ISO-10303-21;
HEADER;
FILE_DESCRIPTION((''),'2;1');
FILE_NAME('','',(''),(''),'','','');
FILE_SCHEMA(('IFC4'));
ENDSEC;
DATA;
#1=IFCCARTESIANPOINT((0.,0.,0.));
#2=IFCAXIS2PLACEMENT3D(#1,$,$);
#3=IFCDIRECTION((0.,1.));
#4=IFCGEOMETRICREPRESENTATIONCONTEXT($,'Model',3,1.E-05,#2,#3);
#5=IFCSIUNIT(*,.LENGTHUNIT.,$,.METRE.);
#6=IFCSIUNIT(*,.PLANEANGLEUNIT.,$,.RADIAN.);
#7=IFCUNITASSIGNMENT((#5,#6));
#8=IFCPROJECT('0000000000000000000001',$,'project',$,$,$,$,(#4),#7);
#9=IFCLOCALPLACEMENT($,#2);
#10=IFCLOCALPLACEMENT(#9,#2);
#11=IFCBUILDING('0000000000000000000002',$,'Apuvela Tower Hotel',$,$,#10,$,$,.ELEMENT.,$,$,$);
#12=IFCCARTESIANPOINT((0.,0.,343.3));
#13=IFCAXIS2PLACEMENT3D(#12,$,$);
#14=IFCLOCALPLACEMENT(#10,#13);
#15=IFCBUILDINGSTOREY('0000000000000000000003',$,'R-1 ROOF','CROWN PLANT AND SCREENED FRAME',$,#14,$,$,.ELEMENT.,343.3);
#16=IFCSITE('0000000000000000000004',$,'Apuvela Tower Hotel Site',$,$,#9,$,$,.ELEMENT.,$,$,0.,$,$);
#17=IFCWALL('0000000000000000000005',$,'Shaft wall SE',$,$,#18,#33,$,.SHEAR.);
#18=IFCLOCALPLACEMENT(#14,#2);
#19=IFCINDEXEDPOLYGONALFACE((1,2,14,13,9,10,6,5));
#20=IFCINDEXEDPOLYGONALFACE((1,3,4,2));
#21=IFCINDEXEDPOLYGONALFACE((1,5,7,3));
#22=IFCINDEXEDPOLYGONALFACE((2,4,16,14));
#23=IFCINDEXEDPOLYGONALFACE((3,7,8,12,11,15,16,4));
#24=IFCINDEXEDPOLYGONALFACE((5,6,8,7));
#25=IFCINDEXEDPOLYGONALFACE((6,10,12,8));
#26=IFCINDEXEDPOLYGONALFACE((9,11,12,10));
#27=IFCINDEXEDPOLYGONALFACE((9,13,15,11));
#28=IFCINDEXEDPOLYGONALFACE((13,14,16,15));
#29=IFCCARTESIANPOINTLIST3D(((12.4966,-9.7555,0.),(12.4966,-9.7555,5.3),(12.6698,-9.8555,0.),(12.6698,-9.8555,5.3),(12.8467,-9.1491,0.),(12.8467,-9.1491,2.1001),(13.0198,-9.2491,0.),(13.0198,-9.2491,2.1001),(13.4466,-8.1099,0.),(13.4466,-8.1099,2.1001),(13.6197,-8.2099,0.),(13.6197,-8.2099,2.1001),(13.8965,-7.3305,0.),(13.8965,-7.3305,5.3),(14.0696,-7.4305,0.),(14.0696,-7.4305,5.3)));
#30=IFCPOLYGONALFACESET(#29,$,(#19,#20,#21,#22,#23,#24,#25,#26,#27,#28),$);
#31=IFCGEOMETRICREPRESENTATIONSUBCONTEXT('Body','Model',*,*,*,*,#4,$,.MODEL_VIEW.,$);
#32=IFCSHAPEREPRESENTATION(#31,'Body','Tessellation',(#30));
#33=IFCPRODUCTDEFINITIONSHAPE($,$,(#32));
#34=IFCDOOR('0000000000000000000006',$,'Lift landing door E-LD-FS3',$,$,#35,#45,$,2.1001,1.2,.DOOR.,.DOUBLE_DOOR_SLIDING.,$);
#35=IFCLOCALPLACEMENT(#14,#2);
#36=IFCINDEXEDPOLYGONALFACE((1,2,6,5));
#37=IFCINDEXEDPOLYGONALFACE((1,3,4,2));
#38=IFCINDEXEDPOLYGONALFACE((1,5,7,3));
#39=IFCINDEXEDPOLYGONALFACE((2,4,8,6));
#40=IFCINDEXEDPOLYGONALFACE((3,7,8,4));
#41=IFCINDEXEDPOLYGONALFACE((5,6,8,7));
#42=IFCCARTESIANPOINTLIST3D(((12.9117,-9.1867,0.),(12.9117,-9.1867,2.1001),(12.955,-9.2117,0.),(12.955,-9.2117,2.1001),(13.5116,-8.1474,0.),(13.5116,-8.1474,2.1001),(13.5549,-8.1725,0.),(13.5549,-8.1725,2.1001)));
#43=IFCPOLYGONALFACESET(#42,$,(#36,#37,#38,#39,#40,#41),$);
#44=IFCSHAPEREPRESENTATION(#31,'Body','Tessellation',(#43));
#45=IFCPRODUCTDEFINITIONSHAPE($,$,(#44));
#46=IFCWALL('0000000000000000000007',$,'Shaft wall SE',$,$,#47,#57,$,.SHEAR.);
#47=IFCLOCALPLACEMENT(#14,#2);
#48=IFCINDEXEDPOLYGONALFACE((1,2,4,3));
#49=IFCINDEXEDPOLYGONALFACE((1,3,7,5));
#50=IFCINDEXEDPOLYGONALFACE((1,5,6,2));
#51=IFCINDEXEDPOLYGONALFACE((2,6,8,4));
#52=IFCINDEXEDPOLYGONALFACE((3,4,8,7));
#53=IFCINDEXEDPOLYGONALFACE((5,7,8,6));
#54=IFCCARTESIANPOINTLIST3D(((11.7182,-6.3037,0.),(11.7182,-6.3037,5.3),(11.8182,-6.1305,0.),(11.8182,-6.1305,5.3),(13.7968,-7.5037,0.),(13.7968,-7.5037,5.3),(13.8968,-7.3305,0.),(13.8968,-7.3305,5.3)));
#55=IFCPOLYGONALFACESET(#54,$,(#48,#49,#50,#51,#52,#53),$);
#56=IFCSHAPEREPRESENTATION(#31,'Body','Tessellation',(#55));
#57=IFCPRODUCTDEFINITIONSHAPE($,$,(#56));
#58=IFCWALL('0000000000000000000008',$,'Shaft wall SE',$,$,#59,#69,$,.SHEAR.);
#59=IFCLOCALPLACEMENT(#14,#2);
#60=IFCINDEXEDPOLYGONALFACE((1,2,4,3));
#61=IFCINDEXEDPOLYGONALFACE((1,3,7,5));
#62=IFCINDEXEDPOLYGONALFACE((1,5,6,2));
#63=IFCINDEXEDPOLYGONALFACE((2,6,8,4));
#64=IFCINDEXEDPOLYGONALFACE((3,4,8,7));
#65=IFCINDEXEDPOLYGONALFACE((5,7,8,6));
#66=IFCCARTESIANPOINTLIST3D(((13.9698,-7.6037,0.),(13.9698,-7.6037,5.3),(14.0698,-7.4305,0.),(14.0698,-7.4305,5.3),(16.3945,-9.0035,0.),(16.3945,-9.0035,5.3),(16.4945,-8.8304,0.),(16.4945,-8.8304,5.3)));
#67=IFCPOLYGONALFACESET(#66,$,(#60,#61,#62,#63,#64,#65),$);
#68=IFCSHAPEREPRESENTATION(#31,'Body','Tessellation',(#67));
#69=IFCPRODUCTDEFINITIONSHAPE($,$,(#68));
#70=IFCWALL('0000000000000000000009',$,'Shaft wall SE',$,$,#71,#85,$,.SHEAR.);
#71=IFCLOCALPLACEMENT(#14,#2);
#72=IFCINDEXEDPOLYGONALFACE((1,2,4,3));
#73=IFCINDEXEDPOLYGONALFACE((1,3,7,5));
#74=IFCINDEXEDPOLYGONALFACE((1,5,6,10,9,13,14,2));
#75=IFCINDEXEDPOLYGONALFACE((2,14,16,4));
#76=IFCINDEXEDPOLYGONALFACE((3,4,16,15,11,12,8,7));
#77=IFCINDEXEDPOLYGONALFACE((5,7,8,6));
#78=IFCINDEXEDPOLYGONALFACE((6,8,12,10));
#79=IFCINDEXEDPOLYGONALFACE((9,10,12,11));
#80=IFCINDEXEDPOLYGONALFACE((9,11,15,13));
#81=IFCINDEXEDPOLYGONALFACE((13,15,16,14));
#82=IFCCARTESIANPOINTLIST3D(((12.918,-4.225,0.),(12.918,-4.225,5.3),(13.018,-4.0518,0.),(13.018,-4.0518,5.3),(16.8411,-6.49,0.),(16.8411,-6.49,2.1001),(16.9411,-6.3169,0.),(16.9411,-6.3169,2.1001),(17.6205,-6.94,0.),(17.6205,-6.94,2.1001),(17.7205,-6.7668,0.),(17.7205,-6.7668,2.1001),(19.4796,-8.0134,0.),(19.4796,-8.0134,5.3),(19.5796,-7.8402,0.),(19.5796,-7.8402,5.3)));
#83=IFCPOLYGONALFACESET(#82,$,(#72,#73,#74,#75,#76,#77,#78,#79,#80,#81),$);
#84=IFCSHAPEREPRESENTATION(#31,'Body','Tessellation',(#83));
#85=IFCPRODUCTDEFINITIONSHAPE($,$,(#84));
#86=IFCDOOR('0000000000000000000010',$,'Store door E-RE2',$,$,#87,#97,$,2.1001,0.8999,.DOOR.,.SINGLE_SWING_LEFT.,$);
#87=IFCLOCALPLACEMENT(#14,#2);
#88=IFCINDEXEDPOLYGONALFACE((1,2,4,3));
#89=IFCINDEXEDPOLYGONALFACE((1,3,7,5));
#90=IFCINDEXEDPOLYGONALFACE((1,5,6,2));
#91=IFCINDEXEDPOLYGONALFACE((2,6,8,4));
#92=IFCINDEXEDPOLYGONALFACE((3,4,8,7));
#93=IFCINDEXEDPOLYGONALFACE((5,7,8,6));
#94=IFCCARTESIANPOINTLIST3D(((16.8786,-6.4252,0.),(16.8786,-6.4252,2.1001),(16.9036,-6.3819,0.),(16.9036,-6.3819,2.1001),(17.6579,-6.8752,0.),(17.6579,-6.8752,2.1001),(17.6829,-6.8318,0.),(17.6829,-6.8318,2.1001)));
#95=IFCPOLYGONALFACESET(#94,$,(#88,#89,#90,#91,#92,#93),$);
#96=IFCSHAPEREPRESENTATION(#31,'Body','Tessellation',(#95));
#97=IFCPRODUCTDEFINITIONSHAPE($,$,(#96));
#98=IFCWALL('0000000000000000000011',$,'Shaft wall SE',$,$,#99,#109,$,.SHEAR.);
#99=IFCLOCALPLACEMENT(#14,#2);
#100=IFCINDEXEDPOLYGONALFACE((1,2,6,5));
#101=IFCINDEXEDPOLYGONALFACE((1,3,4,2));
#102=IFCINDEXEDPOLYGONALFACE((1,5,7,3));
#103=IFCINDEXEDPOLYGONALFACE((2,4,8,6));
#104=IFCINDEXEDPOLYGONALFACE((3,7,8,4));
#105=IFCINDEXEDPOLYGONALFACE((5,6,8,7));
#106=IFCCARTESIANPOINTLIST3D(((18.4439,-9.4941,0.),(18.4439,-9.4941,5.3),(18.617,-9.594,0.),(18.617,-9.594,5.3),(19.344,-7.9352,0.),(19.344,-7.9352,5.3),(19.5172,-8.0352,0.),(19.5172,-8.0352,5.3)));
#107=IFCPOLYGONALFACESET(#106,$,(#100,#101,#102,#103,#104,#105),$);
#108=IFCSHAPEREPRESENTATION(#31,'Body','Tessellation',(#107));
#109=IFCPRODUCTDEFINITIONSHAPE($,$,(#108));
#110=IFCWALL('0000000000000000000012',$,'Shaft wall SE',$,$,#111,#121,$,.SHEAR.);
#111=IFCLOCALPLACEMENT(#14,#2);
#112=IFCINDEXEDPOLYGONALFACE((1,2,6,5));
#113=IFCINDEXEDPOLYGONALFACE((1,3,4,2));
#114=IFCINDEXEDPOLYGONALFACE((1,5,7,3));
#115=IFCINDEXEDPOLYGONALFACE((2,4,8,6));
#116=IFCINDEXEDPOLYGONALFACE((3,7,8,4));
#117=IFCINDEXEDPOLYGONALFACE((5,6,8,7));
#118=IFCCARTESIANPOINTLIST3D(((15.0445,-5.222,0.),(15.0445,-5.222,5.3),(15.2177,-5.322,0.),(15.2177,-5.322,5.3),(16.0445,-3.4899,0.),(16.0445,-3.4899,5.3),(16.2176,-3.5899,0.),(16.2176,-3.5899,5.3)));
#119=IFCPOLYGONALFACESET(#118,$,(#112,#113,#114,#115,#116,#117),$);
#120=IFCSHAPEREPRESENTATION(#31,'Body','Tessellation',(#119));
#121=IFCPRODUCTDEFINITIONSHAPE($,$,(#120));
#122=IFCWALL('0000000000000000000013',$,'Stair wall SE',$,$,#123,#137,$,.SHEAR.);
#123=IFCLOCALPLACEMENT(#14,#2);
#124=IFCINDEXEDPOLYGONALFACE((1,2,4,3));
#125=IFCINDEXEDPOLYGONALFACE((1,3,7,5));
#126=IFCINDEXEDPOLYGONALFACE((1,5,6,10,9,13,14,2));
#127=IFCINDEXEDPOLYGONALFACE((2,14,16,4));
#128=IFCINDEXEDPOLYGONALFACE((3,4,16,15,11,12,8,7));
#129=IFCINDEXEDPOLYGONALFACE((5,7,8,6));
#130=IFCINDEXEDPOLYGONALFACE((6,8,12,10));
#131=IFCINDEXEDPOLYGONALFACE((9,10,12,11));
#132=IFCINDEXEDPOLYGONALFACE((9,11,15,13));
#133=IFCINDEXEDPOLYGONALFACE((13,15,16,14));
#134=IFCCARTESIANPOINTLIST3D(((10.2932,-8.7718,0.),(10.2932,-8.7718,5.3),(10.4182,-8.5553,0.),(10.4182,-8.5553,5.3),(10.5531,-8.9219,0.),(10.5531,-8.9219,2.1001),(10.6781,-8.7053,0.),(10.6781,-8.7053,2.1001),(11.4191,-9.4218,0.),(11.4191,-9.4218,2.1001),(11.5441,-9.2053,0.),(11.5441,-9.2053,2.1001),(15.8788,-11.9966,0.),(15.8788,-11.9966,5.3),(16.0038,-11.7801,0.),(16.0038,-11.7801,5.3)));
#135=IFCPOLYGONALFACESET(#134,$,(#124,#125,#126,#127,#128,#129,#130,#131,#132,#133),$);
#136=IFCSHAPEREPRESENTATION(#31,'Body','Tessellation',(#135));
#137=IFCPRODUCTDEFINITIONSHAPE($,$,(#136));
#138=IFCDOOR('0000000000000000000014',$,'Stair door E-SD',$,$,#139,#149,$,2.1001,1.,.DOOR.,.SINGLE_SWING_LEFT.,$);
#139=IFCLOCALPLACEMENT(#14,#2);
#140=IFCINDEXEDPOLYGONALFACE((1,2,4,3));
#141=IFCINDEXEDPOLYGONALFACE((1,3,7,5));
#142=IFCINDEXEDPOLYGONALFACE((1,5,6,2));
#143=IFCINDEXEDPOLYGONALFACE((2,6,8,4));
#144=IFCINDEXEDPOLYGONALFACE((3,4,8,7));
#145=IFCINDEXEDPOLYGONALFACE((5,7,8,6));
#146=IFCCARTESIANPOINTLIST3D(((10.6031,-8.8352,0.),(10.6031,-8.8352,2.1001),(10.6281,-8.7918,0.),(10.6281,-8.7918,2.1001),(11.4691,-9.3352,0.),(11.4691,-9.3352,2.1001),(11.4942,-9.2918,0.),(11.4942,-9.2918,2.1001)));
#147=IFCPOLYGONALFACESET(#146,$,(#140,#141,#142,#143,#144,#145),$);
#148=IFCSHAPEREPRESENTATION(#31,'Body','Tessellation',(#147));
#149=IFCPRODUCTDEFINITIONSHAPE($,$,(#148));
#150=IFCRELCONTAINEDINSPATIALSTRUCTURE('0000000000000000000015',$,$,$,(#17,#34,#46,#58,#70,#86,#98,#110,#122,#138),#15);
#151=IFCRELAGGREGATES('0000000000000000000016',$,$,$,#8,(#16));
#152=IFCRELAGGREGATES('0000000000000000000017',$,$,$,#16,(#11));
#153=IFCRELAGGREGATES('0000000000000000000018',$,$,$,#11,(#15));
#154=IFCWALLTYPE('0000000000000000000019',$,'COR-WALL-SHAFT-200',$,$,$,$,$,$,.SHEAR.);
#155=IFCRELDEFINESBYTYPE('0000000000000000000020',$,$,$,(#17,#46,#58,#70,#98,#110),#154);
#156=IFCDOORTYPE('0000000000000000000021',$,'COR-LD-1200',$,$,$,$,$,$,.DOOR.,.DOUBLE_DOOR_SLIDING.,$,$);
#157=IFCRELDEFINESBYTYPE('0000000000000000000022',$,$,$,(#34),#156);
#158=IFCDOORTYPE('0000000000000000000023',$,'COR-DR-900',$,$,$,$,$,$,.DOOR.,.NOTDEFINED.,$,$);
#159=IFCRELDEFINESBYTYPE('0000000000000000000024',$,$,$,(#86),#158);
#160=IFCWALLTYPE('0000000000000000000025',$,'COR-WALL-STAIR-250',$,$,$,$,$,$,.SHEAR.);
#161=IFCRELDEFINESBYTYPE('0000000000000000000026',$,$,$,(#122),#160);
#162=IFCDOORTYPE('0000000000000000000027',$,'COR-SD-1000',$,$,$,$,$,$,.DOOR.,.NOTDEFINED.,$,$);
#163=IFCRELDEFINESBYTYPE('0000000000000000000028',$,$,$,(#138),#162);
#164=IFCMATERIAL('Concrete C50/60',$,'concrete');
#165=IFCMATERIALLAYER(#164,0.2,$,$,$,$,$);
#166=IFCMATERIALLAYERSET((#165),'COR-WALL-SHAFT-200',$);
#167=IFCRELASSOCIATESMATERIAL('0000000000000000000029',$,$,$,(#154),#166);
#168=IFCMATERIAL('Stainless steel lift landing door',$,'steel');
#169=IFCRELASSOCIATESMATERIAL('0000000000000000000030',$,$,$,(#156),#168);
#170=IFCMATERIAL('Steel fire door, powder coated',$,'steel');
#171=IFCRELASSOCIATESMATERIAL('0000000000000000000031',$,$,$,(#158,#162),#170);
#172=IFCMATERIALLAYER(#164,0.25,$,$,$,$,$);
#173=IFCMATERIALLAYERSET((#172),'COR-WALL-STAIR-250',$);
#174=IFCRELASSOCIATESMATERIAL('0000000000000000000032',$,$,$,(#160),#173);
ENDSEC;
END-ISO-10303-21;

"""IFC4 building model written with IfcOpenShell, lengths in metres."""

from ifc_helpers import new_model, si_unit, direction, frame, frame_2d, origin, place, context, subcontext, project, spatial, rectangle, extrude, material, layer, layer_set, type_object, element, fill, save


model = new_model("IFC4")

# Units and contexts
model_context = context("Model", 3, precision=1e-05, world=origin(), true_north=direction((0.0, 1.0)))
body_context = subcontext(model_context, "Body", "Model", "MODEL_VIEW")
ifc_project = project(units=[si_unit("LENGTHUNIT", "METRE"), si_unit("PLANEANGLEUNIT", "RADIAN")], contexts=[model_context])

# Site, building, storey
site_placement = place(None, origin())
site = spatial("IfcSite", under=ifc_project, at=site_placement, Name="Apuvela Tower Hotel Site", CompositionType="ELEMENT", RefElevation=0.0)
building_placement = place(site_placement, origin())
building = spatial("IfcBuilding", under=site, at=building_placement, Name="Apuvela Tower Hotel", CompositionType="ELEMENT")
storey_placement = place(building_placement, frame((0.0, 0.0, 343.3)))
storey = spatial("IfcBuildingStorey", under=building, at=storey_placement, Name="R-1 ROOF", Description="CROWN PLANT AND SCREENED FRAME", CompositionType="ELEMENT", Elevation=343.3)

# Shared definitions
ifc_material_1 = material(Name="Concrete C50/60", Category="concrete")

# Wall, opening, door
ifc_layer_1 = layer(ifc_material_1, 0.2)
ifc_layer_set_1 = layer_set([ifc_layer_1], Name="COR-WALL-SHAFT-200")
wall_type_1 = type_object("IfcWallType", Name="COR-WALL-SHAFT-200", PredefinedType="SHEAR", material=ifc_layer_set_1)
wall_1_placement = place(storey_placement, frame((12.5833, -9.8054, 0.0), z_axis=(0.0, 0.0, 1.0), x_axis=(0.499946, 0.866056, 0.0)))
wall_1 = element("IfcWall", 1, at=wall_1_placement, inside=storey, type_object=wall_type_1, Name="Shaft wall SE", PredefinedType="SHEAR", context=body_context, shape_type="SweptSolid", body=[
    extrude(rectangle(XDim=2.8, YDim=0.2, at=frame_2d((1.3999, 0.0))), origin(), (0.0, 0.0, 1.0), 5.3),
])
opening_1_placement = place(wall_1_placement, frame((0.7, 0.0, 0.0)))
opening_1 = element("IfcOpeningElement", 2, at=opening_1_placement, cuts=wall_1, PredefinedType="OPENING", context=body_context, shape_type="SweptSolid", body=[
    extrude(rectangle(XDim=1.2, YDim=2.1001, at=frame_2d((0.6001, 1.05))), frame((0.0, 0.1099, 0.0), z_axis=(0.0, -1.0, 0.0), x_axis=(1.0, 0.0, 0.0)), (0.0, 0.0, 1.0), 0.22),
])
ifc_material_2 = material(Name="Stainless steel lift landing door", Category="steel")
door_type_1 = type_object("IfcDoorType", Name="COR-LD-1200", OperationType="DOUBLE_DOOR_SLIDING", PredefinedType="DOOR", material=ifc_material_2)
door_1_placement = place(opening_1_placement, origin())
door_1 = element("IfcDoor", 3, at=door_1_placement, inside=storey, type_object=door_type_1, Name="Lift landing door E-LD-FS3", OperationType="DOUBLE_DOOR_SLIDING", OverallHeight=2.1001, OverallWidth=1.2, PredefinedType="DOOR", context=body_context, shape_type="SweptSolid", body=[
    extrude(rectangle(XDim=1.2, YDim=2.1001, at=frame_2d((0.6001, 1.05))), frame((0.0, 0.0249, 0.0), z_axis=(0.0, -1.0, 0.0), x_axis=(1.0, 0.0, 0.0)), (0.0, 0.0, 1.0), 0.05),
])
fill(opening_1, door_1)

# Walls
wall_2_placement = place(storey_placement, frame((11.7681, -6.217, 0.0), z_axis=(0.0, 0.0, 1.0), x_axis=(0.86605, -0.499957, 0.0)))
element("IfcWall", 4, at=wall_2_placement, inside=storey, type_object=wall_type_1, Name="Shaft wall SE", PredefinedType="SHEAR", context=body_context, shape_type="SweptSolid", body=[
    extrude(rectangle(XDim=2.4001, YDim=0.2, at=frame_2d((1.2002, 0.0))), origin(), (0.0, 0.0, 1.0), 5.3),
])
wall_3_placement = place(storey_placement, frame((14.0198, -7.5171, 0.0), z_axis=(0.0, 0.0, 1.0), x_axis=(0.866035, -0.499984, 0.0)))
element("IfcWall", 5, at=wall_3_placement, inside=storey, type_object=wall_type_1, Name="Shaft wall SE", PredefinedType="SHEAR", context=body_context, shape_type="SweptSolid", body=[
    extrude(rectangle(XDim=2.7998, YDim=0.2, at=frame_2d((1.3999, 0.0))), origin(), (0.0, 0.0, 1.0), 5.3),
])

# Wall, opening, door
wall_4_placement = place(storey_placement, frame((12.968, -4.1384, 0.0), z_axis=(0.0, 0.0, 1.0), x_axis=(0.866024, -0.500003, 0.0)))
wall_4 = element("IfcWall", 6, at=wall_4_placement, inside=storey, type_object=wall_type_1, Name="Shaft wall SE", PredefinedType="SHEAR", context=body_context, shape_type="SweptSolid", body=[
    extrude(rectangle(XDim=7.5767, YDim=0.2, at=frame_2d((3.7883, 0.0))), origin(), (0.0, 0.0, 1.0), 5.3),
])
opening_2_placement = place(wall_4_placement, frame((4.53, 0.0, 0.0)))
opening_2 = element("IfcOpeningElement", 7, at=opening_2_placement, cuts=wall_4, PredefinedType="OPENING", context=body_context, shape_type="SweptSolid", body=[
    extrude(rectangle(XDim=0.8999, YDim=2.1001, at=frame_2d((0.45, 1.05))), frame((0.0, 0.1099, 0.0), z_axis=(0.0, -1.0, 0.0), x_axis=(1.0, 0.0, 0.0)), (0.0, 0.0, 1.0), 0.22),
])
ifc_material_3 = material(Name="Steel fire door, powder coated", Category="steel")
door_type_2 = type_object("IfcDoorType", Name="COR-DR-900", OperationType="NOTDEFINED", PredefinedType="DOOR", material=ifc_material_3)
door_2_placement = place(opening_2_placement, origin())
door_2 = element("IfcDoor", 8, at=door_2_placement, inside=storey, type_object=door_type_2, Name="Store door E-RE2", OperationType="SINGLE_SWING_LEFT", OverallHeight=2.1001, OverallWidth=0.8999, PredefinedType="DOOR", context=body_context, shape_type="SweptSolid", body=[
    extrude(rectangle(XDim=0.8999, YDim=2.1001, at=frame_2d((0.45, 1.05))), frame((0.0, 0.0249, 0.0), z_axis=(0.0, -1.0, 0.0), x_axis=(1.0, 0.0, 0.0)), (0.0, 0.0, 1.0), 0.05),
])
fill(opening_2, door_2)

# Walls
wall_5_placement = place(storey_placement, frame((18.5305, -9.5439, 0.0), z_axis=(0.0, 0.0, 1.0), x_axis=(0.500063, 0.865989, 0.0)))
element("IfcWall", 9, at=wall_5_placement, inside=storey, type_object=wall_type_1, Name="Shaft wall SE", PredefinedType="SHEAR", context=body_context, shape_type="SweptSolid", body=[
    extrude(rectangle(XDim=1.8, YDim=0.2, at=frame_2d((0.8999, 0.0))), origin(), (0.0, 0.0, 1.0), 5.3),
])
wall_6_placement = place(storey_placement, frame((15.1311, -5.272, 0.0), z_axis=(0.0, 0.0, 1.0), x_axis=(0.499973, 0.866041, 0.0)))
element("IfcWall", 10, at=wall_6_placement, inside=storey, type_object=wall_type_1, Name="Shaft wall SE", PredefinedType="SHEAR", context=body_context, shape_type="SweptSolid", body=[
    extrude(rectangle(XDim=2.0, YDim=0.2, at=frame_2d((1.0, 0.0))), origin(), (0.0, 0.0, 1.0), 5.3),
])

# Wall, opening, door
ifc_layer_2 = layer(ifc_material_1, 0.25)
ifc_layer_set_2 = layer_set([ifc_layer_2], Name="COR-WALL-STAIR-250")
wall_type_2 = type_object("IfcWallType", Name="COR-WALL-STAIR-250", PredefinedType="SHEAR", material=ifc_layer_set_2)
wall_7_placement = place(storey_placement, frame((10.3557, -8.6636, 0.0), z_axis=(0.0, 0.0, 1.0), x_axis=(0.866029, -0.499994, 0.0)))
wall_7 = element("IfcWall", 11, at=wall_7_placement, inside=storey, type_object=wall_type_2, Name="Stair wall SE", PredefinedType="SHEAR", context=body_context, shape_type="SweptSolid", body=[
    extrude(rectangle(XDim=6.4497, YDim=0.25, at=frame_2d((3.2249, 0.0))), origin(), (0.0, 0.0, 1.0), 5.3),
])
opening_3_placement = place(wall_7_placement, frame((0.3, 0.0, 0.0)))
opening_3 = element("IfcOpeningElement", 12, at=opening_3_placement, cuts=wall_7, PredefinedType="OPENING", context=body_context, shape_type="SweptSolid", body=[
    extrude(rectangle(XDim=1.0, YDim=2.1001, at=frame_2d((0.5, 1.05))), frame((0.0, 0.135, 0.0), z_axis=(0.0, -1.0, 0.0), x_axis=(1.0, 0.0, 0.0)), (0.0, 0.0, 1.0), 0.27),
])
door_type_3 = type_object("IfcDoorType", Name="COR-SD-1000", OperationType="NOTDEFINED", PredefinedType="DOOR", material=ifc_material_3)
door_3_placement = place(opening_3_placement, frame((1.0, 0.0, 0.0), z_axis=(0.0, 0.0, 1.0), x_axis=(-1.0, 0.0, 0.0)))
door_3 = element("IfcDoor", 13, at=door_3_placement, inside=storey, type_object=door_type_3, Name="Stair door E-SD", OperationType="SINGLE_SWING_LEFT", OverallHeight=2.1001, OverallWidth=1.0, PredefinedType="DOOR", context=body_context, shape_type="SweptSolid", body=[
    extrude(rectangle(XDim=1.0, YDim=2.1001, at=frame_2d((0.5, 1.05))), frame((0.0, 0.0249, 0.0), z_axis=(0.0, -1.0, 0.0), x_axis=(1.0, 0.0, 0.0)), (0.0, 0.0, 1.0), 0.05),
])
fill(opening_3, door_3)

save(model, "model.ifc")
